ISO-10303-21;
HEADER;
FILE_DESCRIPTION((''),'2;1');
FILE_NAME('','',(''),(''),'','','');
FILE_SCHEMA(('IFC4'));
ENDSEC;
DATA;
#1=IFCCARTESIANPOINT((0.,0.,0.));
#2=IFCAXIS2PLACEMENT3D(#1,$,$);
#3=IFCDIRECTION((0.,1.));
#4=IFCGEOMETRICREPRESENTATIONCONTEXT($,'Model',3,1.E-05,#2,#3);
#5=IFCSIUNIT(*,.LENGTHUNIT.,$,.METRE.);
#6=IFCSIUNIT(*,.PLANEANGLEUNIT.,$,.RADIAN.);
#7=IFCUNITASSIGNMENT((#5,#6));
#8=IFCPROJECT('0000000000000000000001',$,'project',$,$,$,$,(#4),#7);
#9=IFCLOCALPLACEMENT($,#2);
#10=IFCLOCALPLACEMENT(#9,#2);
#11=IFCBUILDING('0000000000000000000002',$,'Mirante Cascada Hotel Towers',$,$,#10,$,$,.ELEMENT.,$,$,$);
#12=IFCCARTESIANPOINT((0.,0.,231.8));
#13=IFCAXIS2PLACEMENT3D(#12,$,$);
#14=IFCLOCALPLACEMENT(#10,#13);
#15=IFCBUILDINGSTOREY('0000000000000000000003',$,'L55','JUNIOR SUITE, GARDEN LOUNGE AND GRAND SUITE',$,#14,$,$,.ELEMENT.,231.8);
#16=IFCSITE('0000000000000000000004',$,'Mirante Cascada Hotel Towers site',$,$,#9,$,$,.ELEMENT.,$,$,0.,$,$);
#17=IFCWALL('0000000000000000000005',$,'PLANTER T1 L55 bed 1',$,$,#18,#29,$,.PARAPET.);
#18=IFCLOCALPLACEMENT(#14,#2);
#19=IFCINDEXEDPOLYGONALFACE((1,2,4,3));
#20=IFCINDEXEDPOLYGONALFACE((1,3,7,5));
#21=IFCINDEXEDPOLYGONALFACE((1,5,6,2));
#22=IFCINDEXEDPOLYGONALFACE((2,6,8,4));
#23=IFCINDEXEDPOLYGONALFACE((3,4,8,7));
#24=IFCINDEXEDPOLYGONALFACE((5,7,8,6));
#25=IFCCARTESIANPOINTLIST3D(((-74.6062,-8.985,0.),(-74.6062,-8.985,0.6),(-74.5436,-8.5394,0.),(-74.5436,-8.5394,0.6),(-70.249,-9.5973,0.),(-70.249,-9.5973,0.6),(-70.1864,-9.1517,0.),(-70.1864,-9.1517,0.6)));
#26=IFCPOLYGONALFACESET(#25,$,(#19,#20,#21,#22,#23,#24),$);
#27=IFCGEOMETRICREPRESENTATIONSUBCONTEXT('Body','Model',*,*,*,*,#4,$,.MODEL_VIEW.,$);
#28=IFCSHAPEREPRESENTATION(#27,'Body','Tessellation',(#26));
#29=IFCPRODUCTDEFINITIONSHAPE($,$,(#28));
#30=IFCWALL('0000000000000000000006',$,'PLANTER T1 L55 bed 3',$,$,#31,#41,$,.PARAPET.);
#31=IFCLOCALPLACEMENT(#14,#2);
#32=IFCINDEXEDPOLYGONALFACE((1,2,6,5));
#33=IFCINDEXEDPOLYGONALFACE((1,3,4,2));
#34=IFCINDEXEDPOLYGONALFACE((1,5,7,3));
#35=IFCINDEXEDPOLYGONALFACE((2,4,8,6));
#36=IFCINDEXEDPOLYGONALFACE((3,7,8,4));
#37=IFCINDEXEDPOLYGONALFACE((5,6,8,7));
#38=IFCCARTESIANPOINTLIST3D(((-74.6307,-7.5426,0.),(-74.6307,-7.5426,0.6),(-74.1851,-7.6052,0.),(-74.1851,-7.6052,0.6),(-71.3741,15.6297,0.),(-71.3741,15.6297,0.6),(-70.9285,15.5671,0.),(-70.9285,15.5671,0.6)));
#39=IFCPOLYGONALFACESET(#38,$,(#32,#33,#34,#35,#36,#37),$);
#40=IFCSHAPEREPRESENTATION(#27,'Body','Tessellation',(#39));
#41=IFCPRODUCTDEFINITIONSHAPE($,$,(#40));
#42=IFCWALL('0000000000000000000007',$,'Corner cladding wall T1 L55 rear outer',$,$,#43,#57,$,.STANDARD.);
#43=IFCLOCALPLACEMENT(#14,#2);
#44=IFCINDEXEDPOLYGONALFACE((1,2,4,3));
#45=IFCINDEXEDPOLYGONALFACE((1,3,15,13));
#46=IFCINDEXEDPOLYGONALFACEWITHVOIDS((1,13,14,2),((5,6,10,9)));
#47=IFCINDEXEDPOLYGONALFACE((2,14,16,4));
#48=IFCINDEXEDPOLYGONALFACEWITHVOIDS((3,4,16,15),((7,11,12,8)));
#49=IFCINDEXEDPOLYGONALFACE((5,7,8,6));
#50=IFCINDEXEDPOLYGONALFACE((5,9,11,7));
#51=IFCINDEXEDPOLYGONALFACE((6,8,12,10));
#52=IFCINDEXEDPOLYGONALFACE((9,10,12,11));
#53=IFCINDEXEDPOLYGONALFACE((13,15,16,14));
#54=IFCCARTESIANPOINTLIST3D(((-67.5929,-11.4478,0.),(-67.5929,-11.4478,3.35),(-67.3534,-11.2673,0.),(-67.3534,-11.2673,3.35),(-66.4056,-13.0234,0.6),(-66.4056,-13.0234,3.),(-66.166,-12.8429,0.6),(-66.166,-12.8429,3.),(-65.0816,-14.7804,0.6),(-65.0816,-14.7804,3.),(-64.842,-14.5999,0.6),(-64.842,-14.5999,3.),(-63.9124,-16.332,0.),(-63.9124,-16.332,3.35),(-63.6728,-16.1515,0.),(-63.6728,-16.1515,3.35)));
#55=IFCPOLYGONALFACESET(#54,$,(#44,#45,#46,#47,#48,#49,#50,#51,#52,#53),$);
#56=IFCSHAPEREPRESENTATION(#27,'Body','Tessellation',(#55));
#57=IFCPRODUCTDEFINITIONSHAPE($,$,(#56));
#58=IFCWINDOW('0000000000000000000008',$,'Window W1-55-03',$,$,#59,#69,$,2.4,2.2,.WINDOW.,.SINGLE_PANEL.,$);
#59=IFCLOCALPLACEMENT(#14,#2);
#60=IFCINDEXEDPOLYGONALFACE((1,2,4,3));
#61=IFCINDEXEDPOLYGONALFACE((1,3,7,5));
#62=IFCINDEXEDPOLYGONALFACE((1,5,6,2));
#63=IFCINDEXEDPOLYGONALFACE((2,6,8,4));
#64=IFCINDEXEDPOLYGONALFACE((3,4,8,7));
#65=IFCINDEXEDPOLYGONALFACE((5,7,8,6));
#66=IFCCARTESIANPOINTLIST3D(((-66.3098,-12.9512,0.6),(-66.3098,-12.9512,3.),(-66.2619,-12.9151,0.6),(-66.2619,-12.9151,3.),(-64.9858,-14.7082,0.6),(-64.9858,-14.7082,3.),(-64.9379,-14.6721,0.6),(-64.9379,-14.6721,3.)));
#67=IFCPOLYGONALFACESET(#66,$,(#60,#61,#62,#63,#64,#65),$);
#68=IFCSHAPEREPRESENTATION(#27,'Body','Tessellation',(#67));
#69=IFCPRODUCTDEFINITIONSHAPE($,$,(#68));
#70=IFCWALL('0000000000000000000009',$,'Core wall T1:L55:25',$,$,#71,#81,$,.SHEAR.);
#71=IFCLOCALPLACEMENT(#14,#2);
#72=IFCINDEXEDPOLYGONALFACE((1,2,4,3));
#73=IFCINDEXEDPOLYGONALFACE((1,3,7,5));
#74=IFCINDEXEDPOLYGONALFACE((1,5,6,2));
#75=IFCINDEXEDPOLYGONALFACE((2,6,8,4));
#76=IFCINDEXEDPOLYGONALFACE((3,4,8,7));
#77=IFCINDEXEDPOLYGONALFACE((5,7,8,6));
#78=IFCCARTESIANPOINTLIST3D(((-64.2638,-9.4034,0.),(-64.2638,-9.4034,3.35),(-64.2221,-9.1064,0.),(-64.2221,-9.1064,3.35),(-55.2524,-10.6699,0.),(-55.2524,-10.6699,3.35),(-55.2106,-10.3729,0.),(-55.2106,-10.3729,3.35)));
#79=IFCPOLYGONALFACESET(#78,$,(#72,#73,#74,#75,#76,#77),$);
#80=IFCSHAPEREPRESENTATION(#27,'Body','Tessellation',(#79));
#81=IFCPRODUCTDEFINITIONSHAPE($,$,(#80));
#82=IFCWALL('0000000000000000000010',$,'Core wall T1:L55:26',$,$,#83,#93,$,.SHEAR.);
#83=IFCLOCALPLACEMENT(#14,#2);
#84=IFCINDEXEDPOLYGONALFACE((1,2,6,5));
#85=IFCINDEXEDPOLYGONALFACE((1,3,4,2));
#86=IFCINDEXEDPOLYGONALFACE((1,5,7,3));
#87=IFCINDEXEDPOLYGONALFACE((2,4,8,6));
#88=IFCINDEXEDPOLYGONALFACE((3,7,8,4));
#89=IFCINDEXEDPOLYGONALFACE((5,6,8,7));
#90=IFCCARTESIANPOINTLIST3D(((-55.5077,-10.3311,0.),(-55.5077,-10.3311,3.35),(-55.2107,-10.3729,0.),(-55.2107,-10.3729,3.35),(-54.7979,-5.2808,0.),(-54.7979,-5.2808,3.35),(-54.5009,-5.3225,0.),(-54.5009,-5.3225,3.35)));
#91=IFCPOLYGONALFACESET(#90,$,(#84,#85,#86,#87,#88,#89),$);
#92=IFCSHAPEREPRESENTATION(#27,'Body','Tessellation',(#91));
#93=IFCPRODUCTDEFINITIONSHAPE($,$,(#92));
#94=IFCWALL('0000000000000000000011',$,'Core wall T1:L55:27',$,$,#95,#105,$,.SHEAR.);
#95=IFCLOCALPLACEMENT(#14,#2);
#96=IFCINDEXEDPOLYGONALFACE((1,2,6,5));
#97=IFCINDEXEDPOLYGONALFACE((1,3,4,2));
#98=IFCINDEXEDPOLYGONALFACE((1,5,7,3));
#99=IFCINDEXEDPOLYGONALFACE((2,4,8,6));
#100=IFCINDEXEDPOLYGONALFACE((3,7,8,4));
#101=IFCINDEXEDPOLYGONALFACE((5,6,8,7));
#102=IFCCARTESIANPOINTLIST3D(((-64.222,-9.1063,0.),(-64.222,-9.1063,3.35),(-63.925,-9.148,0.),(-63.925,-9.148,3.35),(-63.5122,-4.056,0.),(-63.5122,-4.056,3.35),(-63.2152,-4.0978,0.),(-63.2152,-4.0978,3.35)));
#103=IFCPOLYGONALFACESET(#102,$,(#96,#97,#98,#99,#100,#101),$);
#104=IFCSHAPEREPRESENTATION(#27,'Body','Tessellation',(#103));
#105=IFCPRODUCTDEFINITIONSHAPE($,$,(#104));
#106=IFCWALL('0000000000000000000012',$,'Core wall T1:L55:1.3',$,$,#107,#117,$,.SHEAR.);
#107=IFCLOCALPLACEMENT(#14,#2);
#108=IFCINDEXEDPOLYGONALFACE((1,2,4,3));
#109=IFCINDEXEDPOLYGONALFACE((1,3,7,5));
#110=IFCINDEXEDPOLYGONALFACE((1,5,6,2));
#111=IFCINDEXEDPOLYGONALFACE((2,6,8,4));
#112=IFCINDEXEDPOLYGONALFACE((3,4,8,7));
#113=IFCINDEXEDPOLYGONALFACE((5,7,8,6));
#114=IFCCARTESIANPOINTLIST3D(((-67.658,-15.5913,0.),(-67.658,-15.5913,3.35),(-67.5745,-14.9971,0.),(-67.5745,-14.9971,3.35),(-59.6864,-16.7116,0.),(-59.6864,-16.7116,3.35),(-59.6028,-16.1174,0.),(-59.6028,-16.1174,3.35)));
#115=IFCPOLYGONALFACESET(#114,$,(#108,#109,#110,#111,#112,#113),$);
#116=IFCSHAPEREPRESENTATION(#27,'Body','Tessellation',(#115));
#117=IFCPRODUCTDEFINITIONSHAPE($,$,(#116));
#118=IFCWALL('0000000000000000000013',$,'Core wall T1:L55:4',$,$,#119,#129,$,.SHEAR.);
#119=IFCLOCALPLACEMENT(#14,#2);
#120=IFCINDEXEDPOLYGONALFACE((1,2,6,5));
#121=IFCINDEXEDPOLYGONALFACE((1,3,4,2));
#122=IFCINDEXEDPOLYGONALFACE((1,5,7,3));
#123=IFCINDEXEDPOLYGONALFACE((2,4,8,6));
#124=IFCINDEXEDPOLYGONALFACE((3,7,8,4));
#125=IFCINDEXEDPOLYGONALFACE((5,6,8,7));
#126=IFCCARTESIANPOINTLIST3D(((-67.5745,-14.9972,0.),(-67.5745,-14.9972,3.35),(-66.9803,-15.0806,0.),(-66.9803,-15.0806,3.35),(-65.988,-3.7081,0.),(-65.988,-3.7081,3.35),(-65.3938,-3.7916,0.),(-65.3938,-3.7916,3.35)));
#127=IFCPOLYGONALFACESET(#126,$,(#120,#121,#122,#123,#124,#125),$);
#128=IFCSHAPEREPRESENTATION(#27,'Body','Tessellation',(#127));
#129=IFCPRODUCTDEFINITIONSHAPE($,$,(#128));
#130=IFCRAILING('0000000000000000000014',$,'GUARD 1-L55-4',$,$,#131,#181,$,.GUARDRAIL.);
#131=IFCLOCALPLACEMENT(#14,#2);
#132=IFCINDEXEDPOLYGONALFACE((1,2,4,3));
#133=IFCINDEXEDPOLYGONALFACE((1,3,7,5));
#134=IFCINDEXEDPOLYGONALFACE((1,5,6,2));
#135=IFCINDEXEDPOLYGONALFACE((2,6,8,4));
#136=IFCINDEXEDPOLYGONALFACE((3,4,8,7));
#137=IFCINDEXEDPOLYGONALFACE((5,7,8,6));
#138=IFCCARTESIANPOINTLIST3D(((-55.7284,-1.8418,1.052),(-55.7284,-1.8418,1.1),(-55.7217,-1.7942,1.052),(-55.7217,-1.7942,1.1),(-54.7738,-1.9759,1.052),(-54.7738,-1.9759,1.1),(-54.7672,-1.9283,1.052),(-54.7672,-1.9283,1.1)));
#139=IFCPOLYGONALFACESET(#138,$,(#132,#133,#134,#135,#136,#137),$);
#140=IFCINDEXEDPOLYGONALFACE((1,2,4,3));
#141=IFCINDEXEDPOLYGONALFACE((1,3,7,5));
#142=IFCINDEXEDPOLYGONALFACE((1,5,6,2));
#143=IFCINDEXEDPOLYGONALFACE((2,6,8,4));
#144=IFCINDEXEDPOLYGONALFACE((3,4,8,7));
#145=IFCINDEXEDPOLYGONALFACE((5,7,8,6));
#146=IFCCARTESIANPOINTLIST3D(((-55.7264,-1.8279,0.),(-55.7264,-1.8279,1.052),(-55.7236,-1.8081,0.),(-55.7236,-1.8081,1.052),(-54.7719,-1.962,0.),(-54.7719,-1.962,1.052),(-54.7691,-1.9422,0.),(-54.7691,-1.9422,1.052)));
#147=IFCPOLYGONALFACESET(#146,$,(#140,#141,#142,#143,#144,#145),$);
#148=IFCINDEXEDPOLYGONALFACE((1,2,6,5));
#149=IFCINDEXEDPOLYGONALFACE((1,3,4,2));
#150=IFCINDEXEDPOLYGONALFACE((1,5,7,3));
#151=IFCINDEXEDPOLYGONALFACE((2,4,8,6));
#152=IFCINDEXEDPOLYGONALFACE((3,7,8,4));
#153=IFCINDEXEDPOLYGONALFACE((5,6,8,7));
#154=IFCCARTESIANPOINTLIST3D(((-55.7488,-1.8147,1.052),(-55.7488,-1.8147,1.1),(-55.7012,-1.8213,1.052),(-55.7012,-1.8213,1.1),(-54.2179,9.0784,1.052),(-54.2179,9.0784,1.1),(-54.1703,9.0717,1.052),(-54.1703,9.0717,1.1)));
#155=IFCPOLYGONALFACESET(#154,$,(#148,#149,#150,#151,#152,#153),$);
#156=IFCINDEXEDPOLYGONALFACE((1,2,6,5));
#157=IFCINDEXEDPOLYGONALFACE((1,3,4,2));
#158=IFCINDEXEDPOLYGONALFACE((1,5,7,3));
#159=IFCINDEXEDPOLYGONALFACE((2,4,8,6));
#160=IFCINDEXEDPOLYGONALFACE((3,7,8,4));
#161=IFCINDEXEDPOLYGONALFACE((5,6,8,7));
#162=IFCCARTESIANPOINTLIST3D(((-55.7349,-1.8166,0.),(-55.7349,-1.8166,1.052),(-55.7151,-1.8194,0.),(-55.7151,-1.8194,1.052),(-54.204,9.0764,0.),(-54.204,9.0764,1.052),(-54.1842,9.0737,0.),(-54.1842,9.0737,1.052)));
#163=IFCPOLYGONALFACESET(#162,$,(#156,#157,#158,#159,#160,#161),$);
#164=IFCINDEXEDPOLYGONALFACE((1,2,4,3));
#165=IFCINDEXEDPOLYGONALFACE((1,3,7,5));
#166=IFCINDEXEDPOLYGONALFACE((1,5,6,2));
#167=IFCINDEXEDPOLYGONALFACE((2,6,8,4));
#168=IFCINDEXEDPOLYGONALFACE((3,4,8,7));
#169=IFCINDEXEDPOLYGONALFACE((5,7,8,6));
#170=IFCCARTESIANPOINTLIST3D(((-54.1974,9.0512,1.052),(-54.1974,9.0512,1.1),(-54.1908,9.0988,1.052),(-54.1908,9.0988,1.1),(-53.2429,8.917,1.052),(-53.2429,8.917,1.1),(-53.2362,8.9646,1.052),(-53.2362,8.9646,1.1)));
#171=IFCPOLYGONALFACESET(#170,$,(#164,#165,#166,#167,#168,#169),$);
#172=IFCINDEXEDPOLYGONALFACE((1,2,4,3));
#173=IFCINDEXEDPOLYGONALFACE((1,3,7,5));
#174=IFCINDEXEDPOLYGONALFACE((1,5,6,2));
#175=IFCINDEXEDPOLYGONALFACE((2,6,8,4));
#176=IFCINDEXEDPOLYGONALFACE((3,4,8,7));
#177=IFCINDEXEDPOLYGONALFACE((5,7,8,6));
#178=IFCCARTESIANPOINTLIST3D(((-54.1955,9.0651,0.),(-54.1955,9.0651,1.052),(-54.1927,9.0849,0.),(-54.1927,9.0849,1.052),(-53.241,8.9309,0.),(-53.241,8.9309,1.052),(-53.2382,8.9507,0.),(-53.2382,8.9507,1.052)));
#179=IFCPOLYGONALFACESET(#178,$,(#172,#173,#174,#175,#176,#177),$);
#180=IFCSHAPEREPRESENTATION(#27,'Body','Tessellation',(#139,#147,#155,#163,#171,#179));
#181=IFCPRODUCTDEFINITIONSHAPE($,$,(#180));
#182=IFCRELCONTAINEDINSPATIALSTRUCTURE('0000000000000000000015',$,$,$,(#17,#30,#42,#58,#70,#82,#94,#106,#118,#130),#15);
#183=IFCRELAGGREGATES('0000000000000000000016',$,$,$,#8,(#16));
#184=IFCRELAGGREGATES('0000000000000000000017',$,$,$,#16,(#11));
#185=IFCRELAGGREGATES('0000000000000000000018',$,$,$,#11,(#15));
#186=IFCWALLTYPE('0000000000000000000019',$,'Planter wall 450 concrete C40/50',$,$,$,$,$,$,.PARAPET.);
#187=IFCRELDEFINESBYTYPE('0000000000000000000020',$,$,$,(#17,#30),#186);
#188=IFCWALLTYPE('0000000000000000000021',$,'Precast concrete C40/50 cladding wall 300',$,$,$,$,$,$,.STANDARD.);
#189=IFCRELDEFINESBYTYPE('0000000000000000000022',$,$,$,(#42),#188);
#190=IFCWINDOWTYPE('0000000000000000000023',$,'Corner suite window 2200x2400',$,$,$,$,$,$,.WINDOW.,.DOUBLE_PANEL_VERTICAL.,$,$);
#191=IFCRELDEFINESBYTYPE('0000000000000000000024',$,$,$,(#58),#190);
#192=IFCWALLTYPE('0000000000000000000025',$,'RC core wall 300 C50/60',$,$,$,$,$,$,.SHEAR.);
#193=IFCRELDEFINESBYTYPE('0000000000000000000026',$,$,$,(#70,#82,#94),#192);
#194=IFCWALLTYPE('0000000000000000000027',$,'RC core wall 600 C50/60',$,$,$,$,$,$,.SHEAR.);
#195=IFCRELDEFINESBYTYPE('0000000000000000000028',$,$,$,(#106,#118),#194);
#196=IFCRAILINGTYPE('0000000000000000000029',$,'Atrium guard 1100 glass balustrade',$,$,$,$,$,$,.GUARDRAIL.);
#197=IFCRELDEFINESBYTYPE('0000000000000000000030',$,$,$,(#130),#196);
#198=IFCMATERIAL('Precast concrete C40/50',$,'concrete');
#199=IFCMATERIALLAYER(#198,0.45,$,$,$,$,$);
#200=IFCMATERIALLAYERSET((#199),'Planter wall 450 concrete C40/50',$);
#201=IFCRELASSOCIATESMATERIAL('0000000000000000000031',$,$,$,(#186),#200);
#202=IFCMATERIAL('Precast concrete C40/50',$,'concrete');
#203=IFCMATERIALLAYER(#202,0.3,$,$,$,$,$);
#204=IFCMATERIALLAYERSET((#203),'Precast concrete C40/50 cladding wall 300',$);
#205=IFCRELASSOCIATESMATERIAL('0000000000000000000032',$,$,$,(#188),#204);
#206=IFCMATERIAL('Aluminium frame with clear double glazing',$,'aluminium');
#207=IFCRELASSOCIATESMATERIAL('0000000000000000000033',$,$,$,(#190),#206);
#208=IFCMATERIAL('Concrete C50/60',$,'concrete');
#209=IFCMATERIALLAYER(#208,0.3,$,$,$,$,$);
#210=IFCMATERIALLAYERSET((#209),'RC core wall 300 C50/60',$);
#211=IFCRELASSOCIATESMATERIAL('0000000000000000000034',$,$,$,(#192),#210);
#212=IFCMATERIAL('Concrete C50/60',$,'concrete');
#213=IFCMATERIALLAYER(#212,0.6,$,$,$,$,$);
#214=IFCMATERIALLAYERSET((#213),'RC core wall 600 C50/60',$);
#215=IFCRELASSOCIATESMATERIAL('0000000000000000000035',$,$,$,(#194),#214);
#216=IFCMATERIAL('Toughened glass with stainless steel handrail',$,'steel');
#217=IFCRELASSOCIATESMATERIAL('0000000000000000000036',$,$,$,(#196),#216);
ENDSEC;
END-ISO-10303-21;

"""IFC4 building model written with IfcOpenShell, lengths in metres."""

from ifc_helpers import new_model, si_unit, direction, frame, frame_2d, origin, origin_2d, place, context, subcontext, project, spatial, rectangle, extrude, material, layer, layer_set, type_object, element, fill, save


model = new_model("IFC4")

# Units and contexts
model_context = context("Model", 3, precision=1e-05, world=origin(), true_north=direction((0.0, 1.0)))
body_context = subcontext(model_context, "Body", "Model", "MODEL_VIEW")
ifc_project = project(units=[si_unit("LENGTHUNIT", "METRE"), si_unit("PLANEANGLEUNIT", "RADIAN")], contexts=[model_context])

# Site, building, storey
site_placement = place(None, origin())
site = spatial("IfcSite", under=ifc_project, at=site_placement, Name="Mirante Cascada Hotel Towers site", CompositionType="ELEMENT", RefElevation=0.0)
building_placement = place(site_placement, origin())
building = spatial("IfcBuilding", under=site, at=building_placement, Name="Mirante Cascada Hotel Towers", CompositionType="ELEMENT")
storey_placement = place(building_placement, frame((0.0, 0.0, 231.8)))
storey = spatial("IfcBuildingStorey", under=building, at=storey_placement, Name="L55", Description="JUNIOR SUITE, GARDEN LOUNGE AND GRAND SUITE", CompositionType="ELEMENT", Elevation=231.8)

# Walls
ifc_material_1 = material(Name="Precast concrete C40/50", Category="concrete")
ifc_layer_1 = layer(ifc_material_1, 0.45)
ifc_layer_set_1 = layer_set([ifc_layer_1], Name="Planter wall 450 concrete C40/50")
wall_type_1 = type_object("IfcWallType", Name="Planter wall 450 concrete C40/50", PredefinedType="PARAPET", material=ifc_layer_set_1)
wall_1_placement = place(storey_placement, frame((-70.2177, -9.3745, 0.0), z_axis=(0.0, 0.0, 1.0), x_axis=(-0.99027, 0.139159, 0.0)))
element("IfcWall", 1, at=wall_1_placement, inside=storey, type_object=wall_type_1, Name="PLANTER T1 L55 bed 1", PredefinedType="PARAPET", context=body_context, shape_type="SweptSolid", body=[
    extrude(rectangle(XDim=4.4, YDim=0.45, at=frame_2d((2.2, 0.0))), origin(), (0.0, 0.0, 1.0), 0.6),
])
wall_2_placement = place(storey_placement, frame((-74.4079, -7.5739, 0.0), z_axis=(0.0, 0.0, 1.0), x_axis=(0.139171, 0.990268, 0.0)))
element("IfcWall", 2, at=wall_2_placement, inside=storey, type_object=wall_type_1, Name="PLANTER T1 L55 bed 3", PredefinedType="PARAPET", context=body_context, shape_type="SweptSolid", body=[
    extrude(rectangle(XDim=23.4, YDim=0.45, at=frame_2d((11.7, 0.0))), origin(), (0.0, 0.0, 1.0), 0.6),
])

# Wall, opening, window
ifc_material_2 = material(Name="Precast concrete C40/50", Category="concrete")
ifc_layer_2 = layer(ifc_material_2, 0.3)
ifc_layer_set_2 = layer_set([ifc_layer_2], Name="Precast concrete C40/50 cladding wall 300")
wall_type_2 = type_object("IfcWallType", Name="Precast concrete C40/50 cladding wall 300", PredefinedType="STANDARD", material=ifc_layer_set_2)
wall_3_placement = place(storey_placement, frame((-63.7926, -16.2417, 0.0), z_axis=(0.0, 0.0, 1.0), x_axis=(-0.601824, 0.798628, 0.0)))
wall_3 = element("IfcWall", 3, at=wall_3_placement, inside=storey, type_object=wall_type_2, Name="Corner cladding wall T1 L55 rear outer", PredefinedType="STANDARD", context=body_context, shape_type="SweptSolid", body=[
    extrude(rectangle(XDim=6.1157, YDim=0.3, at=frame_2d((3.0578, 0.0))), origin(), (0.0, 0.0, 1.0), 3.35),
])
opening_placement = place(wall_3_placement, frame((1.9428, 0.0, 0.6)))
opening = element("IfcOpeningElement", 4, at=opening_placement, cuts=wall_3, PredefinedType="OPENING", context=body_context, shape_type="SweptSolid", body=[
    extrude(rectangle(XDim=2.2, YDim=2.4, at=frame_2d((1.1, 1.2))), frame((0.0, 0.15, 0.0), z_axis=(0.0, -1.0, 0.0), x_axis=(1.0, 0.0, 0.0)), (0.0, 0.0, 1.0), 0.3),
])
ifc_material_3 = material(Name="Aluminium frame with clear double glazing", Category="aluminium")
window_type = type_object("IfcWindowType", Name="Corner suite window 2200x2400", PartitioningType="DOUBLE_PANEL_VERTICAL", PredefinedType="WINDOW", material=ifc_material_3)
window_placement = place(opening_placement, origin())
window = element("IfcWindow", 5, at=window_placement, inside=storey, type_object=window_type, Name="Window W1-55-03", OverallHeight=2.4, OverallWidth=2.2, PartitioningType="SINGLE_PANEL", PredefinedType="WINDOW", context=body_context, shape_type="SweptSolid", body=[
    extrude(rectangle(XDim=2.2, YDim=2.4, at=frame_2d((1.1, 1.2))), frame((0.0, 0.03, 0.0), z_axis=(0.0, -1.0, 0.0), x_axis=(1.0, 0.0, 0.0)), (0.0, 0.0, 1.0), 0.06),
])
fill(opening, window)

# Walls
ifc_material_4 = material(Name="Concrete C50/60", Category="concrete")
ifc_layer_3 = layer(ifc_material_4, 0.3)
ifc_layer_set_3 = layer_set([ifc_layer_3], Name="RC core wall 300 C50/60")
wall_type_3 = type_object("IfcWallType", Name="RC core wall 300 C50/60", PredefinedType="SHEAR", material=ifc_layer_set_3)
wall_4_placement = place(storey_placement, frame((-55.2315, -10.5214, 0.0), z_axis=(0.0, 0.0, 1.0), x_axis=(-0.990268, 0.139176, 0.0)))
element("IfcWall", 6, at=wall_4_placement, inside=storey, type_object=wall_type_3, Name="Core wall T1:L55:25", PredefinedType="SHEAR", context=body_context, shape_type="SweptSolid", body=[
    extrude(rectangle(XDim=9.1, YDim=0.3, at=frame_2d((4.55, 0.0))), origin(), (0.0, 0.0, 1.0), 3.35),
])
wall_5_placement = place(storey_placement, frame((-55.3592, -10.352, 0.0), z_axis=(0.0, 0.0, 1.0), x_axis=(0.139176, 0.990268, 0.0)))
element("IfcWall", 7, at=wall_5_placement, inside=storey, type_object=wall_type_3, Name="Core wall T1:L55:26", PredefinedType="SHEAR", context=body_context, shape_type="SweptSolid", body=[
    extrude(rectangle(XDim=5.1, YDim=0.3, at=frame_2d((2.55, 0.0))), origin(), (0.0, 0.0, 1.0), 3.35),
])
wall_6_placement = place(storey_placement, frame((-64.0735, -9.1272, 0.0), z_axis=(0.0, 0.0, 1.0), x_axis=(0.139178, 0.990267, 0.0)))
element("IfcWall", 8, at=wall_6_placement, inside=storey, type_object=wall_type_3, Name="Core wall T1:L55:27", PredefinedType="SHEAR", context=body_context, shape_type="SweptSolid", body=[
    extrude(rectangle(XDim=5.0999, YDim=0.3, at=frame_2d((2.55, 0.0))), origin(), (0.0, 0.0, 1.0), 3.35),
])
ifc_material_5 = material(Name="Concrete C50/60", Category="concrete")
ifc_layer_4 = layer(ifc_material_5, 0.6)
ifc_layer_set_4 = layer_set([ifc_layer_4], Name="RC core wall 600 C50/60")
wall_type_4 = type_object("IfcWallType", Name="RC core wall 600 C50/60", PredefinedType="SHEAR", material=ifc_layer_set_4)
wall_7_placement = place(storey_placement, frame((-59.6446, -16.4145, 0.0), z_axis=(0.0, 0.0, 1.0), x_axis=(-0.990269, 0.139167, 0.0)))
element("IfcWall", 9, at=wall_7_placement, inside=storey, type_object=wall_type_4, Name="Core wall T1:L55:1.3", PredefinedType="SHEAR", context=body_context, shape_type="SweptSolid", body=[
    extrude(rectangle(XDim=8.05, YDim=0.6, at=frame_2d((4.025, 0.0))), origin(), (0.0, 0.0, 1.0), 3.35),
])
wall_8_placement = place(storey_placement, frame((-67.2774, -15.0389, 0.0), z_axis=(0.0, 0.0, 1.0), x_axis=(0.139166, 0.990269, 0.0)))
element("IfcWall", 10, at=wall_8_placement, inside=storey, type_object=wall_type_4, Name="Core wall T1:L55:4", PredefinedType="SHEAR", context=body_context, shape_type="SweptSolid", body=[
    extrude(rectangle(XDim=11.4, YDim=0.6, at=frame_2d((5.7, 0.0))), origin(), (0.0, 0.0, 1.0), 3.35),
])

# Railing
ifc_material_6 = material(Name="Toughened glass with stainless steel handrail", Category="steel")
railing_type = type_object("IfcRailingType", Name="Atrium guard 1100 glass balustrade", PredefinedType="GUARDRAIL", material=ifc_material_6)
railing_placement = place(storey_placement, frame((-54.7705, -1.9521, 0.0)))
element("IfcRailing", 11, at=railing_placement, inside=storey, type_object=railing_type, Name="GUARD 1-L55-4", PredefinedType="GUARDRAIL", context=body_context, shape_type="SweptSolid", body=[
    extrude(rectangle(XDim=0.048, YDim=0.048, at=origin_2d()), frame((0.0, 0.0, 1.076), z_axis=(-0.990275, 0.139126, 0.0), x_axis=(-0.139126, -0.990275, 0.0)), (0.0, 0.0, 1.0), 0.9639),
    extrude(rectangle(XDim=0.02, YDim=1.052, at=origin_2d()), frame((0.0, 0.0, 0.526), z_axis=(-0.990275, 0.139126, 0.0), x_axis=(-0.139126, -0.990275, 0.0)), (0.0, 0.0, 1.0), 0.9639),
    extrude(rectangle(XDim=0.048, YDim=0.048, at=origin_2d()), frame((-0.9545, 0.1341, 1.076), z_axis=(0.139172, 0.990268, 0.0), x_axis=(-0.990268, 0.139172, 0.0)), (0.0, 0.0, 1.0), 11.0001),
    extrude(rectangle(XDim=0.02, YDim=1.052, at=origin_2d()), frame((-0.9545, 0.1341, 0.526), z_axis=(0.139172, 0.990268, 0.0), x_axis=(-0.990268, 0.139172, 0.0)), (0.0, 0.0, 1.0), 11.0001),
    extrude(rectangle(XDim=0.048, YDim=0.048, at=origin_2d()), frame((0.5764, 11.0271, 1.076), z_axis=(0.99026, -0.139228, 0.0), x_axis=(0.139228, 0.99026, 0.0)), (0.0, 0.0, 1.0), 0.9639),
    extrude(rectangle(XDim=0.02, YDim=1.052, at=origin_2d()), frame((0.5764, 11.0271, 0.526), z_axis=(0.99026, -0.139228, 0.0), x_axis=(0.139228, 0.99026, 0.0)), (0.0, 0.0, 1.0), 0.9639),
])

save(model, "model.ifc")
